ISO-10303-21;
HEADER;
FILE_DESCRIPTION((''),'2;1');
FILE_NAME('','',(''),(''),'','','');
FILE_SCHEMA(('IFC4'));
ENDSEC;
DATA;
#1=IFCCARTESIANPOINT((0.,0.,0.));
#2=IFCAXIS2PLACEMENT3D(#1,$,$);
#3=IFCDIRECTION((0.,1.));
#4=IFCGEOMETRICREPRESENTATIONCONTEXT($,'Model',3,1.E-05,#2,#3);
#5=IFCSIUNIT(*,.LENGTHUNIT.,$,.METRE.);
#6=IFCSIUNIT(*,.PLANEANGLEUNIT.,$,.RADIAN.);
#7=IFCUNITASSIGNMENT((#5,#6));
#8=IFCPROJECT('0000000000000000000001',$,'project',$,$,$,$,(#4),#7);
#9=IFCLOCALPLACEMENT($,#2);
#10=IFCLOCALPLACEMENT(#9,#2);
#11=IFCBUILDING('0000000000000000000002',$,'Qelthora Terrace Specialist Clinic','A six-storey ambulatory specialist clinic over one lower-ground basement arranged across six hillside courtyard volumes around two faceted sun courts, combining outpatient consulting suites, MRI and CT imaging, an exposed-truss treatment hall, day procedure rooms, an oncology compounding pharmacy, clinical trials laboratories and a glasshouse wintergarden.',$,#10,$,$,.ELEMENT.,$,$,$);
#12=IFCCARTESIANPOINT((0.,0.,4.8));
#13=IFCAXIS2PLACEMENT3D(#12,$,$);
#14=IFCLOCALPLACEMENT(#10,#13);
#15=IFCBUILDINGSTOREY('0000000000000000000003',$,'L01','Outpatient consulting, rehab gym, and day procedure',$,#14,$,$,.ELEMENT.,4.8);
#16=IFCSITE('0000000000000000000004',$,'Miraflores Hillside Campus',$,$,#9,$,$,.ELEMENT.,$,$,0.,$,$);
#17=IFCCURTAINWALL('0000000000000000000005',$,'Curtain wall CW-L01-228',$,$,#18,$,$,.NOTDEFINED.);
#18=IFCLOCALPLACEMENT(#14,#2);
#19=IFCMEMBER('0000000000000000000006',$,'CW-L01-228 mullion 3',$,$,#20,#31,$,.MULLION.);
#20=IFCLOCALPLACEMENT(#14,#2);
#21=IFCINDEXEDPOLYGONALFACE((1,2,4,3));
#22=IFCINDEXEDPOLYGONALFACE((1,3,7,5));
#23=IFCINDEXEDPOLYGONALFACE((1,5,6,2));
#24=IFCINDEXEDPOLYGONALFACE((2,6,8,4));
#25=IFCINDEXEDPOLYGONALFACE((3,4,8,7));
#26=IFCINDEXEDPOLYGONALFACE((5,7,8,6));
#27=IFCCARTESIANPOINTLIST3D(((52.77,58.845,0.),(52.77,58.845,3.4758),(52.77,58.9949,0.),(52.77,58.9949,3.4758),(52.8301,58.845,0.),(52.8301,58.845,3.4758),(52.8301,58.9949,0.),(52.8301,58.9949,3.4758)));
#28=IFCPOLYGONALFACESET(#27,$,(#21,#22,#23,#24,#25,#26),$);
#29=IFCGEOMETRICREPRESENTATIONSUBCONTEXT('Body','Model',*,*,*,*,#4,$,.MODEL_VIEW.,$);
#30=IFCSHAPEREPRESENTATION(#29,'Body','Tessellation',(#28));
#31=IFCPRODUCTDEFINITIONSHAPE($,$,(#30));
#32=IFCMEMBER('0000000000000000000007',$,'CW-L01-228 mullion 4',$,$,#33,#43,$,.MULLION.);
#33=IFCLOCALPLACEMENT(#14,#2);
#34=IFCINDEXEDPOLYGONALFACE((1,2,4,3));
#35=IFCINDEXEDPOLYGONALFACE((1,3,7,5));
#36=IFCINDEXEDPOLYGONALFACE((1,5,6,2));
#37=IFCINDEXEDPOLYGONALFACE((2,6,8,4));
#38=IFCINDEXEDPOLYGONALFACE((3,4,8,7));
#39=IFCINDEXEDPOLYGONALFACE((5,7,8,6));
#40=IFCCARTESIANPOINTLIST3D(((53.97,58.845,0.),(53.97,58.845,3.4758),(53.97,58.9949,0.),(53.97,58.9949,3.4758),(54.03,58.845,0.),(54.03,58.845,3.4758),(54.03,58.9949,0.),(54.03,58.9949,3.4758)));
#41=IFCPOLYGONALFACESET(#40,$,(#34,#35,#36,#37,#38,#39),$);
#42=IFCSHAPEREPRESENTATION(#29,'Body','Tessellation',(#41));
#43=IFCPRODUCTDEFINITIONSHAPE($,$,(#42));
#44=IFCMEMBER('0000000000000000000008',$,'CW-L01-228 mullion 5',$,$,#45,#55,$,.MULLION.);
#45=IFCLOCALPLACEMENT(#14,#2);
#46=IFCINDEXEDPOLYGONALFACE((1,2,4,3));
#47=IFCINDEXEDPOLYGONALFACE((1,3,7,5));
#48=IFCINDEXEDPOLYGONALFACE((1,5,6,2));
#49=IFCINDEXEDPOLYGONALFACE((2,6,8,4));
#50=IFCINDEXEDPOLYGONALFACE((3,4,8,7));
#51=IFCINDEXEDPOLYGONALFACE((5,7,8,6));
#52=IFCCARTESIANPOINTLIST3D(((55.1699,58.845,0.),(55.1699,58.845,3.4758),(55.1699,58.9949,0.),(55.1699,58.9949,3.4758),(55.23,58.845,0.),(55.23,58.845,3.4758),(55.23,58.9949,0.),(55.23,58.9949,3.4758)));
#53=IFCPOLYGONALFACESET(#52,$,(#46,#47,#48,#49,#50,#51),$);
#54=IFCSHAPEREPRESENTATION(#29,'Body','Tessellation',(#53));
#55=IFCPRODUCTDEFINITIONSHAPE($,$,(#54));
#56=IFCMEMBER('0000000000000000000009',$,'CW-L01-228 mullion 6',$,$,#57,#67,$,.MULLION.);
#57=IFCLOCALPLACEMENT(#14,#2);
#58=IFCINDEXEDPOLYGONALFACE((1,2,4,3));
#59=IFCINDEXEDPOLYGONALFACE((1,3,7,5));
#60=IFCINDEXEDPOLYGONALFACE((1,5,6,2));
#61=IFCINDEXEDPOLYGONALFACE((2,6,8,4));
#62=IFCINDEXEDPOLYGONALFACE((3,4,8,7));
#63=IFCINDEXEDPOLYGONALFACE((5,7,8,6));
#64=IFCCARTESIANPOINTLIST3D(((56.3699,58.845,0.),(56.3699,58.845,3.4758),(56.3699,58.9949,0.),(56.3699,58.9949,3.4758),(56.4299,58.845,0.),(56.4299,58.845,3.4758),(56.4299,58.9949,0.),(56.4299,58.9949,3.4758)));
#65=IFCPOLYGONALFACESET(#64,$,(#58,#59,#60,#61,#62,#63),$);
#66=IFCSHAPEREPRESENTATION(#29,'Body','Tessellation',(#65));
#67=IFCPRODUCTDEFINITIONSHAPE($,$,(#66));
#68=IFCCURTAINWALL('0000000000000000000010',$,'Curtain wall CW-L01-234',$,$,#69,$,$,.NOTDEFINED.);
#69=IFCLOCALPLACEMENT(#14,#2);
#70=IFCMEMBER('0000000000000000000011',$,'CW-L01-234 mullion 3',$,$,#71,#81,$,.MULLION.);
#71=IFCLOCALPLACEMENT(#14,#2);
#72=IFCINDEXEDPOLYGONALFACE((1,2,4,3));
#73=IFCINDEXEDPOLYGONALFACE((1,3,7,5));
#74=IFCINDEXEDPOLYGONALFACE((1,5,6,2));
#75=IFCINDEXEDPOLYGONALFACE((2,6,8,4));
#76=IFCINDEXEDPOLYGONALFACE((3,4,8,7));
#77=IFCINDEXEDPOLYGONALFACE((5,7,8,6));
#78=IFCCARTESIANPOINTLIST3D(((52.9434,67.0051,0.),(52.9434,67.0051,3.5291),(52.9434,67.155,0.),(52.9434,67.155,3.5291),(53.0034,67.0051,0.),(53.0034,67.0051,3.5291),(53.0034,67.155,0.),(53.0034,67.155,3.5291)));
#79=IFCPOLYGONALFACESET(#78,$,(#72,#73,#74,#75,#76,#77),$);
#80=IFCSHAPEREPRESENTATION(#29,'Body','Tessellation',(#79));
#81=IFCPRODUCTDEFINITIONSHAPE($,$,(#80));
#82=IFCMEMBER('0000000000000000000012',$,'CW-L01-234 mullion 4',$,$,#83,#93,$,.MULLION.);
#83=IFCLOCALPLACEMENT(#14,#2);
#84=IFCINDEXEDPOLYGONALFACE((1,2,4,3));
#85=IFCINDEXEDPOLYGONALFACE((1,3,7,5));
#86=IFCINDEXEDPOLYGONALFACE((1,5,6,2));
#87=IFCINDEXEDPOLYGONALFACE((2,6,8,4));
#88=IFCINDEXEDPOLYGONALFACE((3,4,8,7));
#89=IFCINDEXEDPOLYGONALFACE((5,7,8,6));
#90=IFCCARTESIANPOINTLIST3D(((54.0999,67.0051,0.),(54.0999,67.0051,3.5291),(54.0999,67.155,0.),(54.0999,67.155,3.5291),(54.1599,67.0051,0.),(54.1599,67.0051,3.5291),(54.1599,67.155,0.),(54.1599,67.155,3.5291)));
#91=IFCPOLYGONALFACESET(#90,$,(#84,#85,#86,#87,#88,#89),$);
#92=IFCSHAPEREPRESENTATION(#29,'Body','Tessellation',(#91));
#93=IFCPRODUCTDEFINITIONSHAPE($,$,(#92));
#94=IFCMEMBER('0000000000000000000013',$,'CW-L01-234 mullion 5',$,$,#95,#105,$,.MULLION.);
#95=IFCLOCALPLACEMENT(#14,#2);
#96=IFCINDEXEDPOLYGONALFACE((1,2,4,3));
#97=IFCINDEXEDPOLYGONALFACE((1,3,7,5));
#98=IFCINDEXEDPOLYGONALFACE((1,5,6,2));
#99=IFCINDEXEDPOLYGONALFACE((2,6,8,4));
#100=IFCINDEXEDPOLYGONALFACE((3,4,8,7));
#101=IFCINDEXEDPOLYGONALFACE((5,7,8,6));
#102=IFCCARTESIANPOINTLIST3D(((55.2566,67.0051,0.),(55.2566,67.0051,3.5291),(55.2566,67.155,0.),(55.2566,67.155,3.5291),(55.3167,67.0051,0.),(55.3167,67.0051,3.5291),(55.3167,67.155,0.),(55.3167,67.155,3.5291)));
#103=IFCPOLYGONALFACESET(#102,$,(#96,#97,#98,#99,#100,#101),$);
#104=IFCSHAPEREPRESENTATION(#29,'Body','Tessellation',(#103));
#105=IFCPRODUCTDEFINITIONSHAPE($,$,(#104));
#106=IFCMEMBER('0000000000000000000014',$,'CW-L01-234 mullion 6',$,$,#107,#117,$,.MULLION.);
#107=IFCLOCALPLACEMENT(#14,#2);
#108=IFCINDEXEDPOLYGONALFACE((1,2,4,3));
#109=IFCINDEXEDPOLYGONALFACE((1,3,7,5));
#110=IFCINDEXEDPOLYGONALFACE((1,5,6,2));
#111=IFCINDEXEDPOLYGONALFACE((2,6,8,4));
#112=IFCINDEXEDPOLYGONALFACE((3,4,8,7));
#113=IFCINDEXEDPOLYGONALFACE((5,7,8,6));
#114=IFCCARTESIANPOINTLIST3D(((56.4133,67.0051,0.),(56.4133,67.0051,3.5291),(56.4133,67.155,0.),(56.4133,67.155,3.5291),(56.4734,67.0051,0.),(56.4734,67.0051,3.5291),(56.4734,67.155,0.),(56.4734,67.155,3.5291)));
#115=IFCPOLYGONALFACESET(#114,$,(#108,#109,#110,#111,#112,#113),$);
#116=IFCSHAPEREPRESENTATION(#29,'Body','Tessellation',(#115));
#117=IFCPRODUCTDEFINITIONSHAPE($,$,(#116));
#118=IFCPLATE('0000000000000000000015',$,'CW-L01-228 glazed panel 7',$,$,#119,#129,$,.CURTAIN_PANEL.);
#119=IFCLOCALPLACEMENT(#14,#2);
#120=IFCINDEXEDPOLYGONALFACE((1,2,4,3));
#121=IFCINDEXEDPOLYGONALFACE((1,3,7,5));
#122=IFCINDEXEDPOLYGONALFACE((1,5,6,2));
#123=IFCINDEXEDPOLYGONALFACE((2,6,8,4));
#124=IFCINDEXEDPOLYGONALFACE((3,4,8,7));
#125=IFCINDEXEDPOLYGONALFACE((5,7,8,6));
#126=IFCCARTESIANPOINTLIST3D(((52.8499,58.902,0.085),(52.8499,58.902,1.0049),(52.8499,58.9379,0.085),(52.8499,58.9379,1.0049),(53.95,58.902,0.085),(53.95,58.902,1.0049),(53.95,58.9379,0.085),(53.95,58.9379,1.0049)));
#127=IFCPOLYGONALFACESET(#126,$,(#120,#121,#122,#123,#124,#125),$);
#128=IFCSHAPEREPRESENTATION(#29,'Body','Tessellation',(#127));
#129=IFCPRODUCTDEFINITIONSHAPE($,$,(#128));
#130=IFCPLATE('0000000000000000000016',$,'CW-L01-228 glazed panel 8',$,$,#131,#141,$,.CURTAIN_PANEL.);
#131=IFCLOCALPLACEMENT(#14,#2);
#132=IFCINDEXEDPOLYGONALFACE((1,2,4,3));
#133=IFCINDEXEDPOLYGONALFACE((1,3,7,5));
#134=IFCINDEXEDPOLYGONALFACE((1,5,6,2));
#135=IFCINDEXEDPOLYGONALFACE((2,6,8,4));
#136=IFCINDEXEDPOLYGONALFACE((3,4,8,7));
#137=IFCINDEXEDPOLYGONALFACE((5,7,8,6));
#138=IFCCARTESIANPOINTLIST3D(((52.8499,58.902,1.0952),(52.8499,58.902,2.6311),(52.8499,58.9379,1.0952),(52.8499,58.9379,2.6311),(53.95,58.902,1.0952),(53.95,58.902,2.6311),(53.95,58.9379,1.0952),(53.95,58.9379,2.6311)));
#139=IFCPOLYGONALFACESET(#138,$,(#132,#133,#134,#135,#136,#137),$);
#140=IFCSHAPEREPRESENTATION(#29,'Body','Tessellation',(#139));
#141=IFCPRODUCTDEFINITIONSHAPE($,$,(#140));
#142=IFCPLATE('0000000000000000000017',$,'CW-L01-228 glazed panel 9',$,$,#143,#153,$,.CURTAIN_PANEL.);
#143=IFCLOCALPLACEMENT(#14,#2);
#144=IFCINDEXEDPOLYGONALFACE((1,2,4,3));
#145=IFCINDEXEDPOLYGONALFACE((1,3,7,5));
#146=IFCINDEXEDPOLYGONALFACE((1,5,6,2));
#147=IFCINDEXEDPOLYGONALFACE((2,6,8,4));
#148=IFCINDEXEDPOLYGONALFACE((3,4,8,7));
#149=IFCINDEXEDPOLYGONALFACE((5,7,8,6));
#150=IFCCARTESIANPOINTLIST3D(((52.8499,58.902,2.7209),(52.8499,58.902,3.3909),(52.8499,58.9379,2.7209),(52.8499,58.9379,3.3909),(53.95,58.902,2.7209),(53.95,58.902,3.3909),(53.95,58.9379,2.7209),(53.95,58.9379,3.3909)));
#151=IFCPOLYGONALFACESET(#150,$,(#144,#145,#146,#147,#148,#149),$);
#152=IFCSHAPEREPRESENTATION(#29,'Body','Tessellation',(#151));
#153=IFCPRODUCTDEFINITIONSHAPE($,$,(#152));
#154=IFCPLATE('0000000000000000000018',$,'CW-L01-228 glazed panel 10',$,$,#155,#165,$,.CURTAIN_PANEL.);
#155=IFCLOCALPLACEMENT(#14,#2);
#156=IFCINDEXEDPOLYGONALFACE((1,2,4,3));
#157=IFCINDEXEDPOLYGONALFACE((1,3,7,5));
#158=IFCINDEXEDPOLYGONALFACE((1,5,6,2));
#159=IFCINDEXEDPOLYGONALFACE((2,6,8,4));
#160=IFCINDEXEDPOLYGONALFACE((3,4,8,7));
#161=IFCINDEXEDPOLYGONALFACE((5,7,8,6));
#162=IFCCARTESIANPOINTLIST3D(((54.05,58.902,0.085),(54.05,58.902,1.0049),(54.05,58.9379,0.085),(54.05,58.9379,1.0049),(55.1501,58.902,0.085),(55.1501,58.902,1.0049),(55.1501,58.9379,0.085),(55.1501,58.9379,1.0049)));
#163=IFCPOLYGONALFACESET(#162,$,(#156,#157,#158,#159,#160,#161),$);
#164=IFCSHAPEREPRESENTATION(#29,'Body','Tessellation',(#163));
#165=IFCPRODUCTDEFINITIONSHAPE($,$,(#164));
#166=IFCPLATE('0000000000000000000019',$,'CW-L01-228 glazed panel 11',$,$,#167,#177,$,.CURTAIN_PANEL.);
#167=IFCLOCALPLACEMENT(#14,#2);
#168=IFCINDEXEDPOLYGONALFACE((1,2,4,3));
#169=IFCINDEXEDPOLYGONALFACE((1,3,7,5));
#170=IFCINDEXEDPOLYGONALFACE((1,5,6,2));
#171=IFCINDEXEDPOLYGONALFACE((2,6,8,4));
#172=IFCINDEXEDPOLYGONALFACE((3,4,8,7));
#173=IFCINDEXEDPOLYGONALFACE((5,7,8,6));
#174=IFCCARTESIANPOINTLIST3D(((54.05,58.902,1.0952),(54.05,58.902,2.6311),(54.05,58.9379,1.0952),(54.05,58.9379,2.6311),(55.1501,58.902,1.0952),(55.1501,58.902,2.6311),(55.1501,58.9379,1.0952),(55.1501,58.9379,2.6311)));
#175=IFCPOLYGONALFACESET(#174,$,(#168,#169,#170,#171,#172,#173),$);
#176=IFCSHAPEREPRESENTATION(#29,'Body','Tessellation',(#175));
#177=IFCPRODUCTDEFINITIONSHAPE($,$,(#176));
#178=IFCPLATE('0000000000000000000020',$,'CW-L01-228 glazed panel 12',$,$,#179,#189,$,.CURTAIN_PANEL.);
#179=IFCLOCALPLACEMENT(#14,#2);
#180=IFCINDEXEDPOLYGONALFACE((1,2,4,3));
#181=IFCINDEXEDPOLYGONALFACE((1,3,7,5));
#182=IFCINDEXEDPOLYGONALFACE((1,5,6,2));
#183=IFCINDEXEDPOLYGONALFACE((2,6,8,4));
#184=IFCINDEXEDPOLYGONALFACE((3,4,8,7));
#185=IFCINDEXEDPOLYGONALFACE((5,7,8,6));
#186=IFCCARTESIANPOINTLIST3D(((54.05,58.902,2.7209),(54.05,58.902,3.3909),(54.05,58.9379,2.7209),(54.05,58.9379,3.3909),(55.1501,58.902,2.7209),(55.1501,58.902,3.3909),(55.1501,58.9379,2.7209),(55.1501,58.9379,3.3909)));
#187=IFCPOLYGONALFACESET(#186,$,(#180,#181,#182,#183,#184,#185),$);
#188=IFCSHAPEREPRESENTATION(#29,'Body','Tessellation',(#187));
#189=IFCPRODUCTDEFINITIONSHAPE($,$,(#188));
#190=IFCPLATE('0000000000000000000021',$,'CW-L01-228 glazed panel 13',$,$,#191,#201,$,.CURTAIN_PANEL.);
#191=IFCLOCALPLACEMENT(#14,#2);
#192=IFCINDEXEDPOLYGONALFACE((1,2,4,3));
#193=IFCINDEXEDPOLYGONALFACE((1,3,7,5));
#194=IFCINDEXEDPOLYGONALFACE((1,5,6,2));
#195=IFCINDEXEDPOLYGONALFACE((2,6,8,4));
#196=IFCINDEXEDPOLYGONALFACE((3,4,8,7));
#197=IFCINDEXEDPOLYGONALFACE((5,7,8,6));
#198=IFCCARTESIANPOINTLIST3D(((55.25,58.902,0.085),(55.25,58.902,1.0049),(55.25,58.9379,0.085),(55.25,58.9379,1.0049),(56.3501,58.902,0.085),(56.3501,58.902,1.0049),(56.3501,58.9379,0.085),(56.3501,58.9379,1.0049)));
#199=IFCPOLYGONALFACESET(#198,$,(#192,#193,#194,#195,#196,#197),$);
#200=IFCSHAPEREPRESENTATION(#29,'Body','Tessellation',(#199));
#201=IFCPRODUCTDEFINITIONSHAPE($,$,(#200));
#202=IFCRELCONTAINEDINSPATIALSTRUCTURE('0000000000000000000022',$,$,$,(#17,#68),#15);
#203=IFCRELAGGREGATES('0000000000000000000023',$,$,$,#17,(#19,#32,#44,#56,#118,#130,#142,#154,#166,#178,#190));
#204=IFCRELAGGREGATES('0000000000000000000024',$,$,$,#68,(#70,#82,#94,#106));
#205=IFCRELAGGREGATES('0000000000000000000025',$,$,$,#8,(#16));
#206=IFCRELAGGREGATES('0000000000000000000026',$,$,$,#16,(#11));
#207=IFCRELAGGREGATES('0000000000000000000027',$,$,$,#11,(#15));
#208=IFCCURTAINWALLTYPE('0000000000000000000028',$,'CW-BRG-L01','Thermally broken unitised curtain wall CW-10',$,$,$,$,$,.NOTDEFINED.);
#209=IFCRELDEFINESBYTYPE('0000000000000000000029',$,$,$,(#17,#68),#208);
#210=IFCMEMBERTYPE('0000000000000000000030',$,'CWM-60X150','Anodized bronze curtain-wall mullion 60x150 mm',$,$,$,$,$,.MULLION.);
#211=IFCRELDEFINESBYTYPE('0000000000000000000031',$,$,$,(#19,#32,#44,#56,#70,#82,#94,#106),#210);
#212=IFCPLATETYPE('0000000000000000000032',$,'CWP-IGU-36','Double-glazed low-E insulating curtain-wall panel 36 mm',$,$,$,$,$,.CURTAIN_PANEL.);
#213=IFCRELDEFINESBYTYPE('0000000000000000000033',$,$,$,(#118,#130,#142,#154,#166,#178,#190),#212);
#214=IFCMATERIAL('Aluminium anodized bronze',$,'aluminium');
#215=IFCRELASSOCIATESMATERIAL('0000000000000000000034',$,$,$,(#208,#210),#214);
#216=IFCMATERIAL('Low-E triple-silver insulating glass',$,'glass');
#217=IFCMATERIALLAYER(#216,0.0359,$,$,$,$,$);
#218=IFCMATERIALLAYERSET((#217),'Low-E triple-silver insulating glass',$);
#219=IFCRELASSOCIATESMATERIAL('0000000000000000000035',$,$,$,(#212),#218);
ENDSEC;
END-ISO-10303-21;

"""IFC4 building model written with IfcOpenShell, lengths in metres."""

from ifc_helpers import new_model, si_unit, direction, frame, origin, origin_2d, place, context, subcontext, project, spatial, rectangle, extrude, material, layer, layer_set, material_profile, profile_set, type_object, element, aggregate, save


model = new_model("IFC4")

# Units and contexts
model_context = context("Model", 3, precision=1e-05, world=origin(), true_north=direction((0.0, 1.0)))
body_context = subcontext(model_context, "Body", "Model", "MODEL_VIEW")
ifc_project = project(units=[si_unit("LENGTHUNIT", "METRE"), si_unit("PLANEANGLEUNIT", "RADIAN")], contexts=[model_context])

# Site, building, storey
site_placement = place(None, origin())
site = spatial("IfcSite", under=ifc_project, at=site_placement, Name="Miraflores Hillside Campus", CompositionType="ELEMENT", RefElevation=0.0)
building_placement = place(site_placement, origin())
building = spatial("IfcBuilding", under=site, at=building_placement, Name="Qelthora Terrace Specialist Clinic", Description="A six-storey ambulatory specialist clinic over one lower-ground basement arranged across six hillside courtyard volumes around two faceted sun courts, combining outpatient consulting suites, MRI and CT imaging, an exposed-truss treatment hall, day procedure rooms, an oncology compounding pharmacy, clinical trials laboratories and a glasshouse wintergarden.", CompositionType="ELEMENT")
storey_placement = place(building_placement, frame((0.0, 0.0, 4.8)))
storey = spatial("IfcBuildingStorey", under=building, at=storey_placement, Name="L01", Description="Outpatient consulting, rehab gym, and day procedure", CompositionType="ELEMENT", Elevation=4.8)

# Curtain walls, members
ifc_material_1 = material(Name="Aluminium anodized bronze", Category="aluminium")
curtain_wall_type = type_object("IfcCurtainWallType", Name="CW-BRG-L01", Description="Thermally broken unitised curtain wall CW-10", PredefinedType="NOTDEFINED", material=ifc_material_1)
curtain_wall_1_placement = place(storey_placement, origin())
curtain_wall_1 = element("IfcCurtainWall", 1, at=curtain_wall_1_placement, inside=storey, type_object=curtain_wall_type, Name="Curtain wall CW-L01-228", PredefinedType="NOTDEFINED")
ifc_material_profile = material_profile(ifc_material_1, rectangle(XDim=0.0601, YDim=0.1499, at=origin_2d()), Name="CWM60X150")
ifc_profile_set = profile_set([ifc_material_profile], Name="Aluminium anodized bronze")
member_type = type_object("IfcMemberType", Name="CWM-60X150", Description="Anodized bronze curtain-wall mullion 60x150 mm", PredefinedType="MULLION", material=ifc_profile_set)
member_1_placement = place(storey_placement, frame((52.8, 58.9199, 0.0), z_axis=(0.0, 0.0, 1.0), x_axis=(1.0, 0.0, 0.0)))
member_1 = element("IfcMember", 2, at=member_1_placement, type_object=member_type, Name="CW-L01-228 mullion 3", PredefinedType="MULLION", context=body_context, shape_type="SweptSolid", body=[
    extrude(rectangle(XDim=0.0601, YDim=0.1499, at=origin_2d()), origin(), (0.0, 0.0, 1.0), 3.4758),
])
member_2_placement = place(storey_placement, frame((54.0, 58.9199, 0.0), z_axis=(0.0, 0.0, 1.0), x_axis=(1.0, 0.0, 0.0)))
member_2 = element("IfcMember", 3, at=member_2_placement, type_object=member_type, Name="CW-L01-228 mullion 4", PredefinedType="MULLION", context=body_context, shape_type="SweptSolid", body=[
    extrude(rectangle(XDim=0.0601, YDim=0.1499, at=origin_2d()), origin(), (0.0, 0.0, 1.0), 3.4758),
])
member_3_placement = place(storey_placement, frame((55.2, 58.9199, 0.0), z_axis=(0.0, 0.0, 1.0), x_axis=(1.0, 0.0, 0.0)))
member_3 = element("IfcMember", 4, at=member_3_placement, type_object=member_type, Name="CW-L01-228 mullion 5", PredefinedType="MULLION", context=body_context, shape_type="SweptSolid", body=[
    extrude(rectangle(XDim=0.0601, YDim=0.1499, at=origin_2d()), origin(), (0.0, 0.0, 1.0), 3.4758),
])
member_4_placement = place(storey_placement, frame((56.3999, 58.9199, 0.0), z_axis=(0.0, 0.0, 1.0), x_axis=(1.0, 0.0, 0.0)))
member_4 = element("IfcMember", 5, at=member_4_placement, type_object=member_type, Name="CW-L01-228 mullion 6", PredefinedType="MULLION", context=body_context, shape_type="SweptSolid", body=[
    extrude(rectangle(XDim=0.0601, YDim=0.1499, at=origin_2d()), origin(), (0.0, 0.0, 1.0), 3.4758),
])
curtain_wall_2_placement = place(storey_placement, origin())
curtain_wall_2 = element("IfcCurtainWall", 6, at=curtain_wall_2_placement, inside=storey, type_object=curtain_wall_type, Name="Curtain wall CW-L01-234", PredefinedType="NOTDEFINED")
member_5_placement = place(storey_placement, frame((52.9734, 67.0801, 0.0), z_axis=(0.0, 0.0, 1.0), x_axis=(1.0, 0.0, 0.0)))
member_5 = element("IfcMember", 7, at=member_5_placement, type_object=member_type, Name="CW-L01-234 mullion 3", PredefinedType="MULLION", context=body_context, shape_type="SweptSolid", body=[
    extrude(rectangle(XDim=0.0601, YDim=0.1499, at=origin_2d()), origin(), (0.0, 0.0, 1.0), 3.5291),
])
member_6_placement = place(storey_placement, frame((54.1299, 67.0801, 0.0), z_axis=(0.0, 0.0, 1.0), x_axis=(1.0, 0.0, 0.0)))
member_6 = element("IfcMember", 8, at=member_6_placement, type_object=member_type, Name="CW-L01-234 mullion 4", PredefinedType="MULLION", context=body_context, shape_type="SweptSolid", body=[
    extrude(rectangle(XDim=0.0601, YDim=0.1499, at=origin_2d()), origin(), (0.0, 0.0, 1.0), 3.5291),
])
member_7_placement = place(storey_placement, frame((55.2866, 67.0801, 0.0), z_axis=(0.0, 0.0, 1.0), x_axis=(1.0, 0.0, 0.0)))
member_7 = element("IfcMember", 9, at=member_7_placement, type_object=member_type, Name="CW-L01-234 mullion 5", PredefinedType="MULLION", context=body_context, shape_type="SweptSolid", body=[
    extrude(rectangle(XDim=0.0601, YDim=0.1499, at=origin_2d()), origin(), (0.0, 0.0, 1.0), 3.5291),
])
member_8_placement = place(storey_placement, frame((56.4434, 67.0801, 0.0), z_axis=(0.0, 0.0, 1.0), x_axis=(1.0, 0.0, 0.0)))
member_8 = element("IfcMember", 10, at=member_8_placement, type_object=member_type, Name="CW-L01-234 mullion 6", PredefinedType="MULLION", context=body_context, shape_type="SweptSolid", body=[
    extrude(rectangle(XDim=0.0601, YDim=0.1499, at=origin_2d()), origin(), (0.0, 0.0, 1.0), 3.5291),
])

# Plates
ifc_material_2 = material(Name="Low-E triple-silver insulating glass", Category="glass")
ifc_layer = layer(ifc_material_2, 0.0359)
ifc_layer_set = layer_set([ifc_layer], Name="Low-E triple-silver insulating glass")
plate_type = type_object("IfcPlateType", Name="CWP-IGU-36", Description="Double-glazed low-E insulating curtain-wall panel 36 mm", PredefinedType="CURTAIN_PANEL", material=ifc_layer_set)
plate_1_placement = place(storey_placement, frame((53.3999, 58.9199, 0.085), z_axis=(0.0, 0.0, 1.0), x_axis=(1.0, 0.0, 0.0)))
plate_1 = element("IfcPlate", 11, at=plate_1_placement, type_object=plate_type, Name="CW-L01-228 glazed panel 7", PredefinedType="CURTAIN_PANEL", context=body_context, shape_type="SweptSolid", body=[
    extrude(rectangle(XDim=1.1001, YDim=0.0359, at=origin_2d()), origin(), (0.0, 0.0, 1.0), 0.9199),
])
plate_2_placement = place(storey_placement, frame((53.3999, 58.9199, 1.0952), z_axis=(0.0, 0.0, 1.0), x_axis=(1.0, 0.0, 0.0)))
plate_2 = element("IfcPlate", 12, at=plate_2_placement, type_object=plate_type, Name="CW-L01-228 glazed panel 8", PredefinedType="CURTAIN_PANEL", context=body_context, shape_type="SweptSolid", body=[
    extrude(rectangle(XDim=1.1001, YDim=0.0359, at=origin_2d()), origin(), (0.0, 0.0, 1.0), 1.5359),
])
plate_3_placement = place(storey_placement, frame((53.3999, 58.9199, 2.7209), z_axis=(0.0, 0.0, 1.0), x_axis=(1.0, 0.0, 0.0)))
plate_3 = element("IfcPlate", 13, at=plate_3_placement, type_object=plate_type, Name="CW-L01-228 glazed panel 9", PredefinedType="CURTAIN_PANEL", context=body_context, shape_type="SweptSolid", body=[
    extrude(rectangle(XDim=1.1001, YDim=0.0359, at=origin_2d()), origin(), (0.0, 0.0, 1.0), 0.6699),
])
plate_4_placement = place(storey_placement, frame((54.6001, 58.9199, 0.085), z_axis=(0.0, 0.0, 1.0), x_axis=(1.0, 0.0, 0.0)))
plate_4 = element("IfcPlate", 14, at=plate_4_placement, type_object=plate_type, Name="CW-L01-228 glazed panel 10", PredefinedType="CURTAIN_PANEL", context=body_context, shape_type="SweptSolid", body=[
    extrude(rectangle(XDim=1.1001, YDim=0.0359, at=origin_2d()), origin(), (0.0, 0.0, 1.0), 0.9199),
])
plate_5_placement = place(storey_placement, frame((54.6001, 58.9199, 1.0952), z_axis=(0.0, 0.0, 1.0), x_axis=(1.0, 0.0, 0.0)))
plate_5 = element("IfcPlate", 15, at=plate_5_placement, type_object=plate_type, Name="CW-L01-228 glazed panel 11", PredefinedType="CURTAIN_PANEL", context=body_context, shape_type="SweptSolid", body=[
    extrude(rectangle(XDim=1.1001, YDim=0.0359, at=origin_2d()), origin(), (0.0, 0.0, 1.0), 1.5359),
])
plate_6_placement = place(storey_placement, frame((54.6001, 58.9199, 2.7209), z_axis=(0.0, 0.0, 1.0), x_axis=(1.0, 0.0, 0.0)))
plate_6 = element("IfcPlate", 16, at=plate_6_placement, type_object=plate_type, Name="CW-L01-228 glazed panel 12", PredefinedType="CURTAIN_PANEL", context=body_context, shape_type="SweptSolid", body=[
    extrude(rectangle(XDim=1.1001, YDim=0.0359, at=origin_2d()), origin(), (0.0, 0.0, 1.0), 0.6699),
])
plate_7_placement = place(storey_placement, frame((55.8, 58.9199, 0.085), z_axis=(0.0, 0.0, 1.0), x_axis=(1.0, 0.0, 0.0)))
plate_7 = element("IfcPlate", 17, at=plate_7_placement, type_object=plate_type, Name="CW-L01-228 glazed panel 13", PredefinedType="CURTAIN_PANEL", context=body_context, shape_type="SweptSolid", body=[
    extrude(rectangle(XDim=1.1001, YDim=0.0359, at=origin_2d()), origin(), (0.0, 0.0, 1.0), 0.9199),
])
aggregate(curtain_wall_1, [member_1, member_2, member_3, member_4, plate_1, plate_2, plate_3, plate_4, plate_5, plate_6, plate_7])
aggregate(curtain_wall_2, [member_5, member_6, member_7, member_8])

save(model, "model.ifc")
